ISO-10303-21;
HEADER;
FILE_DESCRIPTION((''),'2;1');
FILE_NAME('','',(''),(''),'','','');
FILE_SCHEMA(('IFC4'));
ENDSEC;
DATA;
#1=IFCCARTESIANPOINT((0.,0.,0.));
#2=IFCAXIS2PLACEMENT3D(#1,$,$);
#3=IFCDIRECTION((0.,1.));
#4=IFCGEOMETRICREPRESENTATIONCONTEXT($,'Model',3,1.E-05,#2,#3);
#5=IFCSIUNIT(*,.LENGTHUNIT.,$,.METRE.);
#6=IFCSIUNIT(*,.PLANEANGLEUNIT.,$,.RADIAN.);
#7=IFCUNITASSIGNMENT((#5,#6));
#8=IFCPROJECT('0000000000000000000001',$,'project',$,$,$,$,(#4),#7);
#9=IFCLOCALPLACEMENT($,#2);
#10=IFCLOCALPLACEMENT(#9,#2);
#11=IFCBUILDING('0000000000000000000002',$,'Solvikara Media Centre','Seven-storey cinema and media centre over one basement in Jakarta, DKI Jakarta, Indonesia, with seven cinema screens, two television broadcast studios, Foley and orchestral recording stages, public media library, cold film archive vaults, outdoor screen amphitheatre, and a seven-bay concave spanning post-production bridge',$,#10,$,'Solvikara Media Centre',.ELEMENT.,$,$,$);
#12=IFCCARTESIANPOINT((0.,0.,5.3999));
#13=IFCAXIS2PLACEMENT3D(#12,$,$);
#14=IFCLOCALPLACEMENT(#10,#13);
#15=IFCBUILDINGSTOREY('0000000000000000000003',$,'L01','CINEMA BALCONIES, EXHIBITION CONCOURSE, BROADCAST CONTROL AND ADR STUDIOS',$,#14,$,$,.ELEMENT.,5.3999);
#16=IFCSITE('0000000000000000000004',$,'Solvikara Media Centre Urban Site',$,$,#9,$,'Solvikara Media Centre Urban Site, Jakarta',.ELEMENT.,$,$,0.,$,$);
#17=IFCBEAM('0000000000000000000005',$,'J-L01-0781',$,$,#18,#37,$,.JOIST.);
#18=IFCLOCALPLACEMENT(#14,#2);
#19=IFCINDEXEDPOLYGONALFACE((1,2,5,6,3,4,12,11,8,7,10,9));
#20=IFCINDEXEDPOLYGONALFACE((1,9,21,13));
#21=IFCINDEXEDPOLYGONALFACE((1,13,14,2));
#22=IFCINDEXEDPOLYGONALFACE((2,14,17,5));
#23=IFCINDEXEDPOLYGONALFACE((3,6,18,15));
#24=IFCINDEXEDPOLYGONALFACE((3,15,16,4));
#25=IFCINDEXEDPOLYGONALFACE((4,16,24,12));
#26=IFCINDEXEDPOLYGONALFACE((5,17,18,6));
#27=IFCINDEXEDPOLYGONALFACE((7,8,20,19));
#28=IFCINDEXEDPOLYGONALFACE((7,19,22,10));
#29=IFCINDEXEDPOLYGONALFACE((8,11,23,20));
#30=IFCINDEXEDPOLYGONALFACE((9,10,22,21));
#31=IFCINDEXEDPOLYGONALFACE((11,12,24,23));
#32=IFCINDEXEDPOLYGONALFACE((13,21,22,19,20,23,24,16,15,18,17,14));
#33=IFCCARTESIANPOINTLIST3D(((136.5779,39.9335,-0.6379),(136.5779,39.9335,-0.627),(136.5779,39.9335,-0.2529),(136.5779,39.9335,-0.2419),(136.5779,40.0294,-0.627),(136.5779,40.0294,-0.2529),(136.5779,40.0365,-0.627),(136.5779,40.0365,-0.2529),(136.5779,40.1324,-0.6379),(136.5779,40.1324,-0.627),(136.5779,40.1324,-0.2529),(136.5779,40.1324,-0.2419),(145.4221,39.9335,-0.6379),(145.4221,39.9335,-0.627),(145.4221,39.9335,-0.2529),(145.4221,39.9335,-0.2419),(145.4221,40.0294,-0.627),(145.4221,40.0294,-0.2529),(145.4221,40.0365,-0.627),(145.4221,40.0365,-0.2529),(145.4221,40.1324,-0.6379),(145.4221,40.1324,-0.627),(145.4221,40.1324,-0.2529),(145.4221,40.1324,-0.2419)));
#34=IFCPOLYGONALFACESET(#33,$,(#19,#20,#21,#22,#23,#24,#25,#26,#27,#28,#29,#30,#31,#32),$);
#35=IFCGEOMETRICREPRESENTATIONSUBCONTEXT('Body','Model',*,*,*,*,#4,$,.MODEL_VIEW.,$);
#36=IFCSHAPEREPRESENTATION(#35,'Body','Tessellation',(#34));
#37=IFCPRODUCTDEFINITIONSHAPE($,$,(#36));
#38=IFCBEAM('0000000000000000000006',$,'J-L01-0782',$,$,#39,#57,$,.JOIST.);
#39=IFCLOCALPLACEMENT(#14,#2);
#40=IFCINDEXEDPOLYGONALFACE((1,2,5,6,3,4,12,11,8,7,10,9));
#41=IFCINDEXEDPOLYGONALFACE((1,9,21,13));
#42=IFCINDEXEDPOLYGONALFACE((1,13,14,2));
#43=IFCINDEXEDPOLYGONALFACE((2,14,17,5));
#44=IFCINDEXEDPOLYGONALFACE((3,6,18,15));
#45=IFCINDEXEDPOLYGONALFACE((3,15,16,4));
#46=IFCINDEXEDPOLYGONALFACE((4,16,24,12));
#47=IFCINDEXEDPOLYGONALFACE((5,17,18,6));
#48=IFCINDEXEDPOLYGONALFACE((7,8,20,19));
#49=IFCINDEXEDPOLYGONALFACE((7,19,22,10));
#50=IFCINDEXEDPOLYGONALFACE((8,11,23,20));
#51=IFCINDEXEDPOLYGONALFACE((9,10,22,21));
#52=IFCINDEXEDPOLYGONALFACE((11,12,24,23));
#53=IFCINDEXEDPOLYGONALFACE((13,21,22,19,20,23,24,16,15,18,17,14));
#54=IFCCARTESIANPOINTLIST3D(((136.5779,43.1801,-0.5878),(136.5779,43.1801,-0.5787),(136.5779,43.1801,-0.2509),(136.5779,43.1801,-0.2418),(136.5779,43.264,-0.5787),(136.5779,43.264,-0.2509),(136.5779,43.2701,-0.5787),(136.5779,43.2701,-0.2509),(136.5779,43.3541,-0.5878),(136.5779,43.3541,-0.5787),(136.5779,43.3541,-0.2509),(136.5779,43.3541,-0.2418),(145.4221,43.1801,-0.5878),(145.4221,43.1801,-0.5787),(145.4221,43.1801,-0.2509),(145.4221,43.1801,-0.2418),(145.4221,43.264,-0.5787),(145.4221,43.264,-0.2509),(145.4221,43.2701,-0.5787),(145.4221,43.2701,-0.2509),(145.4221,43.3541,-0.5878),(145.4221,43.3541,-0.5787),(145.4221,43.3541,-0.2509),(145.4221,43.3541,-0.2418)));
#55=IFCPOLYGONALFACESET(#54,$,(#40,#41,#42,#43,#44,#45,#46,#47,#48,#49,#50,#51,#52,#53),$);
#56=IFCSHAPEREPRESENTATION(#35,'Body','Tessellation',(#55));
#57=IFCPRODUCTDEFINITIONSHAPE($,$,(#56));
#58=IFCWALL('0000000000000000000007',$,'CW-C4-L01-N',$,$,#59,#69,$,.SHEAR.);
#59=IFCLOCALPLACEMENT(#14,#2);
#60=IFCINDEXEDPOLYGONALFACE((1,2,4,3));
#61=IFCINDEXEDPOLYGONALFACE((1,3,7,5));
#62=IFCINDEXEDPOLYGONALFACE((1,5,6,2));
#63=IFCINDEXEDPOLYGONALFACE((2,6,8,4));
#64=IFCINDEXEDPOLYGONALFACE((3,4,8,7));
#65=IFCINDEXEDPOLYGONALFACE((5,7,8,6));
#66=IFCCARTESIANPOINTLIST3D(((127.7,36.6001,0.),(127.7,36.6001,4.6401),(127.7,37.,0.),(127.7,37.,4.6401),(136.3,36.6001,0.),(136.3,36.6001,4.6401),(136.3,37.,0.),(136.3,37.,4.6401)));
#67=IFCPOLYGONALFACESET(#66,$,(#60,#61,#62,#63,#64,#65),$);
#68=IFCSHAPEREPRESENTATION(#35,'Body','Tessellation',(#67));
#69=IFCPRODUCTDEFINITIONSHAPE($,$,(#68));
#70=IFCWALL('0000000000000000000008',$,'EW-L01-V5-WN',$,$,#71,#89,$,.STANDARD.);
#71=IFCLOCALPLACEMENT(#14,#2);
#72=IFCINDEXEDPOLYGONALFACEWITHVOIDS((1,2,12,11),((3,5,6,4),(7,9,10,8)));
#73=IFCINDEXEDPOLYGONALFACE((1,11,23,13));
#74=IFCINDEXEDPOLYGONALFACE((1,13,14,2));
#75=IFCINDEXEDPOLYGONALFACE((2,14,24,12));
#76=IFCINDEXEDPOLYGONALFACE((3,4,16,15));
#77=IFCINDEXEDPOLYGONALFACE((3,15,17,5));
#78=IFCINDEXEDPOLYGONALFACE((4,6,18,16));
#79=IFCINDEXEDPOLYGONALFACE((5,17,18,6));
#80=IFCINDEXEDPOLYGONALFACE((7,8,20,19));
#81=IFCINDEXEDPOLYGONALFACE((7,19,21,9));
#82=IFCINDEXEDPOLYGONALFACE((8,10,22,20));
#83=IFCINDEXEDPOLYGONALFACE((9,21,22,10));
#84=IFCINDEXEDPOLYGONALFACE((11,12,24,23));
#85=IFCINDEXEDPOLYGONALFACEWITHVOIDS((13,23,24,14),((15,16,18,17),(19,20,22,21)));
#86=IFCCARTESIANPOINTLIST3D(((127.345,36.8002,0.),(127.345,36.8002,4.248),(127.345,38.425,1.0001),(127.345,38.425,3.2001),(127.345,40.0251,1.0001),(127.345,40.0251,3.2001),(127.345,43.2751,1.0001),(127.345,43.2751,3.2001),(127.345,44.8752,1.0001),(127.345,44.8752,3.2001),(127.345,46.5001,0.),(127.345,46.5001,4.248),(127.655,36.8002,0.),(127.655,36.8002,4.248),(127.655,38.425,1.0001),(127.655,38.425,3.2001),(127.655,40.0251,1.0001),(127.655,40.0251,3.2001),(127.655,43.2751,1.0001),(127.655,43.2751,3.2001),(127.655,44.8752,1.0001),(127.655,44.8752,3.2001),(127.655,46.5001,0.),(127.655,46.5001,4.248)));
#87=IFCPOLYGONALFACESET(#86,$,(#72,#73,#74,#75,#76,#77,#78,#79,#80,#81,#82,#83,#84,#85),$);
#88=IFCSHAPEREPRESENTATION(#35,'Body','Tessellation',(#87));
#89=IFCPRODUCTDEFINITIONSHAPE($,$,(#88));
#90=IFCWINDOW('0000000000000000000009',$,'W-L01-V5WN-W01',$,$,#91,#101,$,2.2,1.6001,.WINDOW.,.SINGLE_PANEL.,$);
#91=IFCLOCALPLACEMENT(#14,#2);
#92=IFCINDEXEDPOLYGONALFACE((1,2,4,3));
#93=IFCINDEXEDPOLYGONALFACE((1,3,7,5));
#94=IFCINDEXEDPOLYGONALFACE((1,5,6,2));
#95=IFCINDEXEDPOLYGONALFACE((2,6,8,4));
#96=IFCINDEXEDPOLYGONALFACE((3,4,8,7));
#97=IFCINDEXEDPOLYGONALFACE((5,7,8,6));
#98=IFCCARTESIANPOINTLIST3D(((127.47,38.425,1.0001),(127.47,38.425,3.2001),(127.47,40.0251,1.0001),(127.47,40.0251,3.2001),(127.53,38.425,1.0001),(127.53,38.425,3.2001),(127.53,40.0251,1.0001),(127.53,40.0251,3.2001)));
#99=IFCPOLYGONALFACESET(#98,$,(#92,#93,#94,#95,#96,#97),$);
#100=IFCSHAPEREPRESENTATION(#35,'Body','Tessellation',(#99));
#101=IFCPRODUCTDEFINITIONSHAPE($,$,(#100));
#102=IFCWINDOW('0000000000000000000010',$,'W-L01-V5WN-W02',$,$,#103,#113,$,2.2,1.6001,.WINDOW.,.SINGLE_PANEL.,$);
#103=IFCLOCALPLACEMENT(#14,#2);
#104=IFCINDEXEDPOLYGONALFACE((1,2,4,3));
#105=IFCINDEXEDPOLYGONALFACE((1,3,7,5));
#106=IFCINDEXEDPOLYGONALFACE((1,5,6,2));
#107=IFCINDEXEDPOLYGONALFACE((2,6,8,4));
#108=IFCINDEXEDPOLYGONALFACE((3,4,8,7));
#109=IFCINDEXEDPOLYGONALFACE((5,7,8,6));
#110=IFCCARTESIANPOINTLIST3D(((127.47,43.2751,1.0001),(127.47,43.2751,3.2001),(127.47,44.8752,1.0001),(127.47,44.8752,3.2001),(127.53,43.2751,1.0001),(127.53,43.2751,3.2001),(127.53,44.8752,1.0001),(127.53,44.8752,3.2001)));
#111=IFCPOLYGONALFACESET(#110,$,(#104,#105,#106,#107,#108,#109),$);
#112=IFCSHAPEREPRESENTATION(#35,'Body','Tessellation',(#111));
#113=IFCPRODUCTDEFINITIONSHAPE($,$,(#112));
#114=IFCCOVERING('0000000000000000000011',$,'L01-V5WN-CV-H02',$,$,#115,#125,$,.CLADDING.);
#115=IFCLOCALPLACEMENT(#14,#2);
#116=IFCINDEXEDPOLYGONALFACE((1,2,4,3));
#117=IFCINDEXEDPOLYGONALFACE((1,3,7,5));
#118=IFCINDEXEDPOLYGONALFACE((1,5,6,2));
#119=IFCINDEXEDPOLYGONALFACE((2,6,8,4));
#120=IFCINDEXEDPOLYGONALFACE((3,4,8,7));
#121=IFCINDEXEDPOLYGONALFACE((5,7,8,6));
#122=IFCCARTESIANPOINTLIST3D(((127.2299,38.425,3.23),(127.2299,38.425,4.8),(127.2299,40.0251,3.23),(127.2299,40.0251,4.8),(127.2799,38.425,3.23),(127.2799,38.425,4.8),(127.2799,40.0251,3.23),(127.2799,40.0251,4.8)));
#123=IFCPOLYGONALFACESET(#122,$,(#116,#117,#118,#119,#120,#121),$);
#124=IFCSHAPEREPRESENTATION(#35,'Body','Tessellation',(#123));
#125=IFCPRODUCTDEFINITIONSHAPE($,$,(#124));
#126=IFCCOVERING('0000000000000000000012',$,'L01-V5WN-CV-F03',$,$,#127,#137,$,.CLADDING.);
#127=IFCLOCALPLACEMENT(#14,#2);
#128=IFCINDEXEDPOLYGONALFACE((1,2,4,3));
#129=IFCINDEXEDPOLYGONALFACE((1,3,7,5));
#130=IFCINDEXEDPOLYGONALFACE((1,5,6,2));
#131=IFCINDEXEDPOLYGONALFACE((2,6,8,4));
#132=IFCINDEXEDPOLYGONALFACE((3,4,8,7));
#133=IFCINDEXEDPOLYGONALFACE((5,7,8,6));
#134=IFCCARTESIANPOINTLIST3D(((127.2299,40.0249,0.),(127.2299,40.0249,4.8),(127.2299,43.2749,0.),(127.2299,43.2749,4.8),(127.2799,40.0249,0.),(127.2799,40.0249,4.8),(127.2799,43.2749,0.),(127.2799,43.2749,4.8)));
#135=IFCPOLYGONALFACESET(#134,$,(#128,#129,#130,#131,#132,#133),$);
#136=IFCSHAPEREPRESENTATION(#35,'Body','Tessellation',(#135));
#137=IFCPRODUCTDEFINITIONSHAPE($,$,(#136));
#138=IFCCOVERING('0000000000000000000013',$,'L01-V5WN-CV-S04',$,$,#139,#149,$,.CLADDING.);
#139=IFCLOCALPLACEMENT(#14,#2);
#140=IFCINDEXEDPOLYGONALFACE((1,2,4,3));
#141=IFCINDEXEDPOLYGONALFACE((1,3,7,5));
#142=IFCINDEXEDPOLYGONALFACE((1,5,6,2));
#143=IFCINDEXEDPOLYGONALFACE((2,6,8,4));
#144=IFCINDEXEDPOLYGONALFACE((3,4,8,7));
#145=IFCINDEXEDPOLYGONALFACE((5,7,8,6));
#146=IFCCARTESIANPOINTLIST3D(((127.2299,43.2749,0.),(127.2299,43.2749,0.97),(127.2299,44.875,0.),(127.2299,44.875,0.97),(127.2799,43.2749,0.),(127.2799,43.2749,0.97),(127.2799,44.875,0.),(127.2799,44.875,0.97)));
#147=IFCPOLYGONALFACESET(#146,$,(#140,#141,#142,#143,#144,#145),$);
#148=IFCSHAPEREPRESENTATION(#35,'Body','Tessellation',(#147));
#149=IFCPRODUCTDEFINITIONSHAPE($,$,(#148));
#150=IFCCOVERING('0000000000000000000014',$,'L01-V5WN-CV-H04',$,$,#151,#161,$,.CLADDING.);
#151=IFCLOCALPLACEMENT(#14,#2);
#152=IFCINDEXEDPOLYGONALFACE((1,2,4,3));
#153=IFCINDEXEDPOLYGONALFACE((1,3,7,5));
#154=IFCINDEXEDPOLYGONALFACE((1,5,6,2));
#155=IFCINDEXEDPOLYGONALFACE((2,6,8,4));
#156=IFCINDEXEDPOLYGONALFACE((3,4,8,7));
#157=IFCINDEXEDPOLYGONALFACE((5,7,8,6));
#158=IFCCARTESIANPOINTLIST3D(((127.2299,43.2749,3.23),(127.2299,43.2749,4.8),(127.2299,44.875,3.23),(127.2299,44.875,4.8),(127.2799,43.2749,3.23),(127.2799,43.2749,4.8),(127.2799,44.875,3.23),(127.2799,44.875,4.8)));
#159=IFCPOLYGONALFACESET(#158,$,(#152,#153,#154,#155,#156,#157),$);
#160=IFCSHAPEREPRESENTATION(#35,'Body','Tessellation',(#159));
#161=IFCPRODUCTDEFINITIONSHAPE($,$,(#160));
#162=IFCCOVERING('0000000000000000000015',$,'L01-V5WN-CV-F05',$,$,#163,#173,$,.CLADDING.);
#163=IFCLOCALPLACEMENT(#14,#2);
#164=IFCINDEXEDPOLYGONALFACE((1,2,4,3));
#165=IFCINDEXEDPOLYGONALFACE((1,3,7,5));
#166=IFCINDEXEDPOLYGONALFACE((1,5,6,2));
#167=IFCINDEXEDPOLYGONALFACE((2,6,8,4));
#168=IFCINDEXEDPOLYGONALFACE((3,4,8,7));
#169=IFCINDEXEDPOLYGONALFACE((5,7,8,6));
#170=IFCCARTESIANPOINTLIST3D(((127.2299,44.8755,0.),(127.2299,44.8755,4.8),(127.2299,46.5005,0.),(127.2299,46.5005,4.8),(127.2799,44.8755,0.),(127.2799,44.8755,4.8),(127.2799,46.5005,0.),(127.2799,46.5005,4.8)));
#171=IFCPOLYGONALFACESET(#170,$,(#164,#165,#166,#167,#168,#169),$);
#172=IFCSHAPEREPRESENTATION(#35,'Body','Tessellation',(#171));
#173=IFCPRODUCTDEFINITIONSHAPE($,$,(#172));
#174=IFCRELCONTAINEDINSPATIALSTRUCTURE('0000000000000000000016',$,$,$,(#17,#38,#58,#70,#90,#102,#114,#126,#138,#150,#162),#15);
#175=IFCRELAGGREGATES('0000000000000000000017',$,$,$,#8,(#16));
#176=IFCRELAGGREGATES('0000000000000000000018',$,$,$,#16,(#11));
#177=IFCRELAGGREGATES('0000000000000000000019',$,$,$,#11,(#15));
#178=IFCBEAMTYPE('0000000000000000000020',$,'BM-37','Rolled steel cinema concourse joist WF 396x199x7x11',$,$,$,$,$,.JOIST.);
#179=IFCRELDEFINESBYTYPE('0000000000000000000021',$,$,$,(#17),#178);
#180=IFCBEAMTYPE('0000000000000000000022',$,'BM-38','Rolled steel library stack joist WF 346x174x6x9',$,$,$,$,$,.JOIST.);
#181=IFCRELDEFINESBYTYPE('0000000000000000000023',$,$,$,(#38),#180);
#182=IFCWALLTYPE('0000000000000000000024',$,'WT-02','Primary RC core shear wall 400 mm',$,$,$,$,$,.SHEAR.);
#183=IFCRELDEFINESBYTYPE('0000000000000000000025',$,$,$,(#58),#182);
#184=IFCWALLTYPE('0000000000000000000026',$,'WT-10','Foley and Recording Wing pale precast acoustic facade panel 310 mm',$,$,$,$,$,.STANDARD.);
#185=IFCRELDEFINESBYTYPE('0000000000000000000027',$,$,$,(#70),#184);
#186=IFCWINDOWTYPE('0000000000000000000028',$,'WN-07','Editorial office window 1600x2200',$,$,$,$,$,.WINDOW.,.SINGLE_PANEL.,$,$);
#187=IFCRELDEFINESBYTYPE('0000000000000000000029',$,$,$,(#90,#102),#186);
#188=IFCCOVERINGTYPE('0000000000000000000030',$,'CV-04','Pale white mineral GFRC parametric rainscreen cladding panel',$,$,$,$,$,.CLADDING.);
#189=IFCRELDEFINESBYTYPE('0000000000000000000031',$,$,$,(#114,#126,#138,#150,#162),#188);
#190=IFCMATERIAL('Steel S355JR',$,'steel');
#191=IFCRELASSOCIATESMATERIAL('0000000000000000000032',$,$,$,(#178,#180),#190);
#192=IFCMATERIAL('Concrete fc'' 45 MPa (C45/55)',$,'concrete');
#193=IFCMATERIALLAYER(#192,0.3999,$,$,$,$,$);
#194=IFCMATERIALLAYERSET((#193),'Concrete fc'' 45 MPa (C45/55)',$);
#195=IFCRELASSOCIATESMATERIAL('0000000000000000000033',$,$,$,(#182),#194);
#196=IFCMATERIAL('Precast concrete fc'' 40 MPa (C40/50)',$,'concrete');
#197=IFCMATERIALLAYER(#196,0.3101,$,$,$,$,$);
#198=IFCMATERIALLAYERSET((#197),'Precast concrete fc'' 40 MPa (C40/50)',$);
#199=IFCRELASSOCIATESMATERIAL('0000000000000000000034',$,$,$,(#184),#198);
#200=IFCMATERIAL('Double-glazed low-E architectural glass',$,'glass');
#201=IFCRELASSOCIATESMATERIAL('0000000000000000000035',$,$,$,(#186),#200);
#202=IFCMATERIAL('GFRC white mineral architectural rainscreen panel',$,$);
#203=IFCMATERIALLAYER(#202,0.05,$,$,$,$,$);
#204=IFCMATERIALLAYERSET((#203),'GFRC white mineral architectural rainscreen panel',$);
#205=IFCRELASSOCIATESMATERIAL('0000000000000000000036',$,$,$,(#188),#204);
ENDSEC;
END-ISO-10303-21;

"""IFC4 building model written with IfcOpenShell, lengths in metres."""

from ifc_helpers import new_model, si_unit, direction, frame, frame_2d, origin, origin_2d, place, context, subcontext, project, spatial, rectangle, i_section, extrude, material, layer, layer_set, material_profile, profile_set, type_object, element, fill, save


model = new_model("IFC4")

# Units and contexts
model_context = context("Model", 3, precision=1e-05, world=origin(), true_north=direction((0.0, 1.0)))
body_context = subcontext(model_context, "Body", "Model", "MODEL_VIEW")
ifc_project = project(units=[si_unit("LENGTHUNIT", "METRE"), si_unit("PLANEANGLEUNIT", "RADIAN")], contexts=[model_context])

# Site, building, storey
site_placement = place(None, origin())
site = spatial("IfcSite", under=ifc_project, at=site_placement, Name="Solvikara Media Centre Urban Site", LongName="Solvikara Media Centre Urban Site, Jakarta", CompositionType="ELEMENT", RefElevation=0.0)
building_placement = place(site_placement, origin())
building = spatial("IfcBuilding", under=site, at=building_placement, Name="Solvikara Media Centre", Description="Seven-storey cinema and media centre over one basement in Jakarta, DKI Jakarta, Indonesia, with seven cinema screens, two television broadcast studios, Foley and orchestral recording stages, public media library, cold film archive vaults, outdoor screen amphitheatre, and a seven-bay concave spanning post-production bridge", LongName="Solvikara Media Centre", CompositionType="ELEMENT")
storey_placement = place(building_placement, frame((0.0, 0.0, 5.3999)))
storey = spatial("IfcBuildingStorey", under=building, at=storey_placement, Name="L01", Description="CINEMA BALCONIES, EXHIBITION CONCOURSE, BROADCAST CONTROL AND ADR STUDIOS", CompositionType="ELEMENT", Elevation=5.3999)

# Shared definitions
ifc_material_1 = material(Name="Concrete fc' 45 MPa (C45/55)", Category="concrete")
ifc_material_2 = material(Name="Steel S355JR", Category="steel")

# Beams
ifc_material_profile_1 = material_profile(ifc_material_2, i_section(OverallWidth=0.199, OverallDepth=0.396, WebThickness=0.0071, FlangeThickness=0.011, at=origin_2d()), Name="WF 396x199x7x11")
ifc_profile_set_1 = profile_set([ifc_material_profile_1], Name="Steel S355JR")
beam_type_1 = type_object("IfcBeamType", Name="BM-37", Description="Rolled steel cinema concourse joist WF 396x199x7x11", PredefinedType="JOIST", material=ifc_profile_set_1)
beam_1_placement = place(storey_placement, frame((136.5779, 40.033, -0.4399), z_axis=(1.0, 0.0, 0.0), x_axis=(0.0, 1.0, 0.0)))
element("IfcBeam", 1, at=beam_1_placement, inside=storey, type_object=beam_type_1, Name="J-L01-0781", PredefinedType="JOIST", context=body_context, shape_type="SweptSolid", body=[
    extrude(i_section(OverallWidth=0.199, OverallDepth=0.396, WebThickness=0.0071, FlangeThickness=0.011, at=origin_2d()), origin(), (0.0, 0.0, 1.0), 8.8442),
])
ifc_material_profile_2 = material_profile(ifc_material_2, i_section(OverallWidth=0.1741, OverallDepth=0.3459, WebThickness=0.0061, FlangeThickness=0.009, at=origin_2d()), Name="WF 346x174x6x9")
ifc_profile_set_2 = profile_set([ifc_material_profile_2], Name="Steel S355JR")
beam_type_2 = type_object("IfcBeamType", Name="BM-38", Description="Rolled steel library stack joist WF 346x174x6x9", PredefinedType="JOIST", material=ifc_profile_set_2)
beam_2_placement = place(storey_placement, frame((136.5779, 43.2671, -0.4148), z_axis=(1.0, 0.0, 0.0), x_axis=(0.0, 1.0, 0.0)))
element("IfcBeam", 2, at=beam_2_placement, inside=storey, type_object=beam_type_2, Name="J-L01-0782", PredefinedType="JOIST", context=body_context, shape_type="SweptSolid", body=[
    extrude(i_section(OverallWidth=0.1741, OverallDepth=0.3459, WebThickness=0.0061, FlangeThickness=0.009, at=origin_2d()), origin(), (0.0, 0.0, 1.0), 8.8442),
])

# Wall
ifc_layer_1 = layer(ifc_material_1, 0.3999)
ifc_layer_set_1 = layer_set([ifc_layer_1], Name="Concrete fc' 45 MPa (C45/55)")
wall_type_1 = type_object("IfcWallType", Name="WT-02", Description="Primary RC core shear wall 400 mm", PredefinedType="SHEAR", material=ifc_layer_set_1)
wall_1_placement = place(storey_placement, frame((127.7, 36.8, 0.0), z_axis=(0.0, 0.0, 1.0), x_axis=(1.0, 0.0, 0.0)))
element("IfcWall", 3, at=wall_1_placement, inside=storey, type_object=wall_type_1, Name="CW-C4-L01-N", PredefinedType="SHEAR", context=body_context, shape_type="SweptSolid", body=[
    extrude(rectangle(XDim=8.6001, YDim=0.3999, at=frame_2d((4.3, 0.0))), origin(), (0.0, 0.0, 1.0), 4.6401),
])

# Wall, openings, windows
ifc_material_3 = material(Name="Precast concrete fc' 40 MPa (C40/50)", Category="concrete")
ifc_layer_2 = layer(ifc_material_3, 0.3101)
ifc_layer_set_2 = layer_set([ifc_layer_2], Name="Precast concrete fc' 40 MPa (C40/50)")
wall_type_2 = type_object("IfcWallType", Name="WT-10", Description="Foley and Recording Wing pale precast acoustic facade panel 310 mm", PredefinedType="STANDARD", material=ifc_layer_set_2)
wall_2_placement = place(storey_placement, frame((127.5, 36.8, 0.0), z_axis=(0.0, 0.0, 1.0), x_axis=(0.0, 1.0, 0.0)))
wall_2 = element("IfcWall", 4, at=wall_2_placement, inside=storey, type_object=wall_type_2, Name="EW-L01-V5-WN", PredefinedType="STANDARD", context=body_context, shape_type="SweptSolid", body=[
    extrude(rectangle(XDim=9.7, YDim=0.3101, at=frame_2d((4.8501, 0.0))), origin(), (0.0, 0.0, 1.0), 4.248),
])
opening_1_placement = place(wall_2_placement, frame((1.625, 0.0, 1.0)))
opening_1 = element("IfcOpeningElement", 5, at=opening_1_placement, cuts=wall_2, PredefinedType="OPENING", context=body_context, shape_type="SweptSolid", body=[
    extrude(rectangle(XDim=1.6001, YDim=2.2, at=frame_2d((0.8, 1.1001))), frame((0.0, 0.167, 0.0), z_axis=(0.0, -1.0, 0.0), x_axis=(1.0, 0.0, 0.0)), (0.0, 0.0, 1.0), 0.334),
])
opening_2_placement = place(wall_2_placement, frame((6.4751, 0.0, 1.0)))
opening_2 = element("IfcOpeningElement", 6, at=opening_2_placement, cuts=wall_2, PredefinedType="OPENING", context=body_context, shape_type="SweptSolid", body=[
    extrude(rectangle(XDim=1.6001, YDim=2.2, at=frame_2d((0.8, 1.1001))), frame((0.0, 0.167, 0.0), z_axis=(0.0, -1.0, 0.0), x_axis=(1.0, 0.0, 0.0)), (0.0, 0.0, 1.0), 0.334),
])
ifc_material_4 = material(Name="Double-glazed low-E architectural glass", Category="glass")
window_type = type_object("IfcWindowType", Name="WN-07", Description="Editorial office window 1600x2200", PartitioningType="SINGLE_PANEL", PredefinedType="WINDOW", material=ifc_material_4)
window_1_placement = place(opening_1_placement, origin())
window_1 = element("IfcWindow", 7, at=window_1_placement, inside=storey, type_object=window_type, Name="W-L01-V5WN-W01", OverallHeight=2.2, OverallWidth=1.6001, PartitioningType="SINGLE_PANEL", PredefinedType="WINDOW", context=body_context, shape_type="SweptSolid", body=[
    extrude(rectangle(XDim=1.6001, YDim=2.2, at=frame_2d((0.8, 1.1001))), frame((0.0, 0.03, 0.0), z_axis=(0.0, -1.0, 0.0), x_axis=(1.0, 0.0, 0.0)), (0.0, 0.0, 1.0), 0.0601),
])
fill(opening_1, window_1)
window_2_placement = place(opening_2_placement, origin())
window_2 = element("IfcWindow", 8, at=window_2_placement, inside=storey, type_object=window_type, Name="W-L01-V5WN-W02", OverallHeight=2.2, OverallWidth=1.6001, PartitioningType="SINGLE_PANEL", PredefinedType="WINDOW", context=body_context, shape_type="SweptSolid", body=[
    extrude(rectangle(XDim=1.6001, YDim=2.2, at=frame_2d((0.8, 1.1001))), frame((0.0, 0.03, 0.0), z_axis=(0.0, -1.0, 0.0), x_axis=(1.0, 0.0, 0.0)), (0.0, 0.0, 1.0), 0.0601),
])
fill(opening_2, window_2)

# Coverings
ifc_material_5 = material(Name="GFRC white mineral architectural rainscreen panel")
ifc_layer_3 = layer(ifc_material_5, 0.05)
ifc_layer_set_3 = layer_set([ifc_layer_3], Name="GFRC white mineral architectural rainscreen panel")
covering_type = type_object("IfcCoveringType", Name="CV-04", Description="Pale white mineral GFRC parametric rainscreen cladding panel", PredefinedType="CLADDING", material=ifc_layer_set_3)
covering_1_placement = place(storey_placement, frame((127.2549, 39.2251, 3.23), z_axis=(0.0, 0.0, 1.0), x_axis=(0.0, 1.0, 0.0)))
element("IfcCovering", 9, at=covering_1_placement, inside=storey, type_object=covering_type, Name="L01-V5WN-CV-H02", PredefinedType="CLADDING", context=body_context, shape_type="SweptSolid", body=[
    extrude(rectangle(XDim=1.6001, YDim=0.05, at=origin_2d()), origin(), (0.0, 0.0, 1.0), 1.5701),
])
covering_2_placement = place(storey_placement, frame((127.2549, 41.6499, 0.0), z_axis=(0.0, 0.0, 1.0), x_axis=(0.0, 1.0, 0.0)))
element("IfcCovering", 10, at=covering_2_placement, inside=storey, type_object=covering_type, Name="L01-V5WN-CV-F03", PredefinedType="CLADDING", context=body_context, shape_type="SweptSolid", body=[
    extrude(rectangle(XDim=3.25, YDim=0.05, at=origin_2d()), origin(), (0.0, 0.0, 1.0), 4.8),
])
covering_3_placement = place(storey_placement, frame((127.2549, 44.075, 0.0), z_axis=(0.0, 0.0, 1.0), x_axis=(0.0, 1.0, 0.0)))
element("IfcCovering", 11, at=covering_3_placement, inside=storey, type_object=covering_type, Name="L01-V5WN-CV-S04", PredefinedType="CLADDING", context=body_context, shape_type="SweptSolid", body=[
    extrude(rectangle(XDim=1.6001, YDim=0.05, at=origin_2d()), origin(), (0.0, 0.0, 1.0), 0.97),
])
covering_4_placement = place(storey_placement, frame((127.2549, 44.075, 3.23), z_axis=(0.0, 0.0, 1.0), x_axis=(0.0, 1.0, 0.0)))
element("IfcCovering", 12, at=covering_4_placement, inside=storey, type_object=covering_type, Name="L01-V5WN-CV-H04", PredefinedType="CLADDING", context=body_context, shape_type="SweptSolid", body=[
    extrude(rectangle(XDim=1.6001, YDim=0.05, at=origin_2d()), origin(), (0.0, 0.0, 1.0), 1.5701),
])
covering_5_placement = place(storey_placement, frame((127.2549, 45.688, 0.0), z_axis=(0.0, 0.0, 1.0), x_axis=(0.0, 1.0, 0.0)))
element("IfcCovering", 13, at=covering_5_placement, inside=storey, type_object=covering_type, Name="L01-V5WN-CV-F05", PredefinedType="CLADDING", context=body_context, shape_type="SweptSolid", body=[
    extrude(rectangle(XDim=1.625, YDim=0.05, at=origin_2d()), origin(), (0.0, 0.0, 1.0), 4.8),
])

save(model, "model.ifc")
